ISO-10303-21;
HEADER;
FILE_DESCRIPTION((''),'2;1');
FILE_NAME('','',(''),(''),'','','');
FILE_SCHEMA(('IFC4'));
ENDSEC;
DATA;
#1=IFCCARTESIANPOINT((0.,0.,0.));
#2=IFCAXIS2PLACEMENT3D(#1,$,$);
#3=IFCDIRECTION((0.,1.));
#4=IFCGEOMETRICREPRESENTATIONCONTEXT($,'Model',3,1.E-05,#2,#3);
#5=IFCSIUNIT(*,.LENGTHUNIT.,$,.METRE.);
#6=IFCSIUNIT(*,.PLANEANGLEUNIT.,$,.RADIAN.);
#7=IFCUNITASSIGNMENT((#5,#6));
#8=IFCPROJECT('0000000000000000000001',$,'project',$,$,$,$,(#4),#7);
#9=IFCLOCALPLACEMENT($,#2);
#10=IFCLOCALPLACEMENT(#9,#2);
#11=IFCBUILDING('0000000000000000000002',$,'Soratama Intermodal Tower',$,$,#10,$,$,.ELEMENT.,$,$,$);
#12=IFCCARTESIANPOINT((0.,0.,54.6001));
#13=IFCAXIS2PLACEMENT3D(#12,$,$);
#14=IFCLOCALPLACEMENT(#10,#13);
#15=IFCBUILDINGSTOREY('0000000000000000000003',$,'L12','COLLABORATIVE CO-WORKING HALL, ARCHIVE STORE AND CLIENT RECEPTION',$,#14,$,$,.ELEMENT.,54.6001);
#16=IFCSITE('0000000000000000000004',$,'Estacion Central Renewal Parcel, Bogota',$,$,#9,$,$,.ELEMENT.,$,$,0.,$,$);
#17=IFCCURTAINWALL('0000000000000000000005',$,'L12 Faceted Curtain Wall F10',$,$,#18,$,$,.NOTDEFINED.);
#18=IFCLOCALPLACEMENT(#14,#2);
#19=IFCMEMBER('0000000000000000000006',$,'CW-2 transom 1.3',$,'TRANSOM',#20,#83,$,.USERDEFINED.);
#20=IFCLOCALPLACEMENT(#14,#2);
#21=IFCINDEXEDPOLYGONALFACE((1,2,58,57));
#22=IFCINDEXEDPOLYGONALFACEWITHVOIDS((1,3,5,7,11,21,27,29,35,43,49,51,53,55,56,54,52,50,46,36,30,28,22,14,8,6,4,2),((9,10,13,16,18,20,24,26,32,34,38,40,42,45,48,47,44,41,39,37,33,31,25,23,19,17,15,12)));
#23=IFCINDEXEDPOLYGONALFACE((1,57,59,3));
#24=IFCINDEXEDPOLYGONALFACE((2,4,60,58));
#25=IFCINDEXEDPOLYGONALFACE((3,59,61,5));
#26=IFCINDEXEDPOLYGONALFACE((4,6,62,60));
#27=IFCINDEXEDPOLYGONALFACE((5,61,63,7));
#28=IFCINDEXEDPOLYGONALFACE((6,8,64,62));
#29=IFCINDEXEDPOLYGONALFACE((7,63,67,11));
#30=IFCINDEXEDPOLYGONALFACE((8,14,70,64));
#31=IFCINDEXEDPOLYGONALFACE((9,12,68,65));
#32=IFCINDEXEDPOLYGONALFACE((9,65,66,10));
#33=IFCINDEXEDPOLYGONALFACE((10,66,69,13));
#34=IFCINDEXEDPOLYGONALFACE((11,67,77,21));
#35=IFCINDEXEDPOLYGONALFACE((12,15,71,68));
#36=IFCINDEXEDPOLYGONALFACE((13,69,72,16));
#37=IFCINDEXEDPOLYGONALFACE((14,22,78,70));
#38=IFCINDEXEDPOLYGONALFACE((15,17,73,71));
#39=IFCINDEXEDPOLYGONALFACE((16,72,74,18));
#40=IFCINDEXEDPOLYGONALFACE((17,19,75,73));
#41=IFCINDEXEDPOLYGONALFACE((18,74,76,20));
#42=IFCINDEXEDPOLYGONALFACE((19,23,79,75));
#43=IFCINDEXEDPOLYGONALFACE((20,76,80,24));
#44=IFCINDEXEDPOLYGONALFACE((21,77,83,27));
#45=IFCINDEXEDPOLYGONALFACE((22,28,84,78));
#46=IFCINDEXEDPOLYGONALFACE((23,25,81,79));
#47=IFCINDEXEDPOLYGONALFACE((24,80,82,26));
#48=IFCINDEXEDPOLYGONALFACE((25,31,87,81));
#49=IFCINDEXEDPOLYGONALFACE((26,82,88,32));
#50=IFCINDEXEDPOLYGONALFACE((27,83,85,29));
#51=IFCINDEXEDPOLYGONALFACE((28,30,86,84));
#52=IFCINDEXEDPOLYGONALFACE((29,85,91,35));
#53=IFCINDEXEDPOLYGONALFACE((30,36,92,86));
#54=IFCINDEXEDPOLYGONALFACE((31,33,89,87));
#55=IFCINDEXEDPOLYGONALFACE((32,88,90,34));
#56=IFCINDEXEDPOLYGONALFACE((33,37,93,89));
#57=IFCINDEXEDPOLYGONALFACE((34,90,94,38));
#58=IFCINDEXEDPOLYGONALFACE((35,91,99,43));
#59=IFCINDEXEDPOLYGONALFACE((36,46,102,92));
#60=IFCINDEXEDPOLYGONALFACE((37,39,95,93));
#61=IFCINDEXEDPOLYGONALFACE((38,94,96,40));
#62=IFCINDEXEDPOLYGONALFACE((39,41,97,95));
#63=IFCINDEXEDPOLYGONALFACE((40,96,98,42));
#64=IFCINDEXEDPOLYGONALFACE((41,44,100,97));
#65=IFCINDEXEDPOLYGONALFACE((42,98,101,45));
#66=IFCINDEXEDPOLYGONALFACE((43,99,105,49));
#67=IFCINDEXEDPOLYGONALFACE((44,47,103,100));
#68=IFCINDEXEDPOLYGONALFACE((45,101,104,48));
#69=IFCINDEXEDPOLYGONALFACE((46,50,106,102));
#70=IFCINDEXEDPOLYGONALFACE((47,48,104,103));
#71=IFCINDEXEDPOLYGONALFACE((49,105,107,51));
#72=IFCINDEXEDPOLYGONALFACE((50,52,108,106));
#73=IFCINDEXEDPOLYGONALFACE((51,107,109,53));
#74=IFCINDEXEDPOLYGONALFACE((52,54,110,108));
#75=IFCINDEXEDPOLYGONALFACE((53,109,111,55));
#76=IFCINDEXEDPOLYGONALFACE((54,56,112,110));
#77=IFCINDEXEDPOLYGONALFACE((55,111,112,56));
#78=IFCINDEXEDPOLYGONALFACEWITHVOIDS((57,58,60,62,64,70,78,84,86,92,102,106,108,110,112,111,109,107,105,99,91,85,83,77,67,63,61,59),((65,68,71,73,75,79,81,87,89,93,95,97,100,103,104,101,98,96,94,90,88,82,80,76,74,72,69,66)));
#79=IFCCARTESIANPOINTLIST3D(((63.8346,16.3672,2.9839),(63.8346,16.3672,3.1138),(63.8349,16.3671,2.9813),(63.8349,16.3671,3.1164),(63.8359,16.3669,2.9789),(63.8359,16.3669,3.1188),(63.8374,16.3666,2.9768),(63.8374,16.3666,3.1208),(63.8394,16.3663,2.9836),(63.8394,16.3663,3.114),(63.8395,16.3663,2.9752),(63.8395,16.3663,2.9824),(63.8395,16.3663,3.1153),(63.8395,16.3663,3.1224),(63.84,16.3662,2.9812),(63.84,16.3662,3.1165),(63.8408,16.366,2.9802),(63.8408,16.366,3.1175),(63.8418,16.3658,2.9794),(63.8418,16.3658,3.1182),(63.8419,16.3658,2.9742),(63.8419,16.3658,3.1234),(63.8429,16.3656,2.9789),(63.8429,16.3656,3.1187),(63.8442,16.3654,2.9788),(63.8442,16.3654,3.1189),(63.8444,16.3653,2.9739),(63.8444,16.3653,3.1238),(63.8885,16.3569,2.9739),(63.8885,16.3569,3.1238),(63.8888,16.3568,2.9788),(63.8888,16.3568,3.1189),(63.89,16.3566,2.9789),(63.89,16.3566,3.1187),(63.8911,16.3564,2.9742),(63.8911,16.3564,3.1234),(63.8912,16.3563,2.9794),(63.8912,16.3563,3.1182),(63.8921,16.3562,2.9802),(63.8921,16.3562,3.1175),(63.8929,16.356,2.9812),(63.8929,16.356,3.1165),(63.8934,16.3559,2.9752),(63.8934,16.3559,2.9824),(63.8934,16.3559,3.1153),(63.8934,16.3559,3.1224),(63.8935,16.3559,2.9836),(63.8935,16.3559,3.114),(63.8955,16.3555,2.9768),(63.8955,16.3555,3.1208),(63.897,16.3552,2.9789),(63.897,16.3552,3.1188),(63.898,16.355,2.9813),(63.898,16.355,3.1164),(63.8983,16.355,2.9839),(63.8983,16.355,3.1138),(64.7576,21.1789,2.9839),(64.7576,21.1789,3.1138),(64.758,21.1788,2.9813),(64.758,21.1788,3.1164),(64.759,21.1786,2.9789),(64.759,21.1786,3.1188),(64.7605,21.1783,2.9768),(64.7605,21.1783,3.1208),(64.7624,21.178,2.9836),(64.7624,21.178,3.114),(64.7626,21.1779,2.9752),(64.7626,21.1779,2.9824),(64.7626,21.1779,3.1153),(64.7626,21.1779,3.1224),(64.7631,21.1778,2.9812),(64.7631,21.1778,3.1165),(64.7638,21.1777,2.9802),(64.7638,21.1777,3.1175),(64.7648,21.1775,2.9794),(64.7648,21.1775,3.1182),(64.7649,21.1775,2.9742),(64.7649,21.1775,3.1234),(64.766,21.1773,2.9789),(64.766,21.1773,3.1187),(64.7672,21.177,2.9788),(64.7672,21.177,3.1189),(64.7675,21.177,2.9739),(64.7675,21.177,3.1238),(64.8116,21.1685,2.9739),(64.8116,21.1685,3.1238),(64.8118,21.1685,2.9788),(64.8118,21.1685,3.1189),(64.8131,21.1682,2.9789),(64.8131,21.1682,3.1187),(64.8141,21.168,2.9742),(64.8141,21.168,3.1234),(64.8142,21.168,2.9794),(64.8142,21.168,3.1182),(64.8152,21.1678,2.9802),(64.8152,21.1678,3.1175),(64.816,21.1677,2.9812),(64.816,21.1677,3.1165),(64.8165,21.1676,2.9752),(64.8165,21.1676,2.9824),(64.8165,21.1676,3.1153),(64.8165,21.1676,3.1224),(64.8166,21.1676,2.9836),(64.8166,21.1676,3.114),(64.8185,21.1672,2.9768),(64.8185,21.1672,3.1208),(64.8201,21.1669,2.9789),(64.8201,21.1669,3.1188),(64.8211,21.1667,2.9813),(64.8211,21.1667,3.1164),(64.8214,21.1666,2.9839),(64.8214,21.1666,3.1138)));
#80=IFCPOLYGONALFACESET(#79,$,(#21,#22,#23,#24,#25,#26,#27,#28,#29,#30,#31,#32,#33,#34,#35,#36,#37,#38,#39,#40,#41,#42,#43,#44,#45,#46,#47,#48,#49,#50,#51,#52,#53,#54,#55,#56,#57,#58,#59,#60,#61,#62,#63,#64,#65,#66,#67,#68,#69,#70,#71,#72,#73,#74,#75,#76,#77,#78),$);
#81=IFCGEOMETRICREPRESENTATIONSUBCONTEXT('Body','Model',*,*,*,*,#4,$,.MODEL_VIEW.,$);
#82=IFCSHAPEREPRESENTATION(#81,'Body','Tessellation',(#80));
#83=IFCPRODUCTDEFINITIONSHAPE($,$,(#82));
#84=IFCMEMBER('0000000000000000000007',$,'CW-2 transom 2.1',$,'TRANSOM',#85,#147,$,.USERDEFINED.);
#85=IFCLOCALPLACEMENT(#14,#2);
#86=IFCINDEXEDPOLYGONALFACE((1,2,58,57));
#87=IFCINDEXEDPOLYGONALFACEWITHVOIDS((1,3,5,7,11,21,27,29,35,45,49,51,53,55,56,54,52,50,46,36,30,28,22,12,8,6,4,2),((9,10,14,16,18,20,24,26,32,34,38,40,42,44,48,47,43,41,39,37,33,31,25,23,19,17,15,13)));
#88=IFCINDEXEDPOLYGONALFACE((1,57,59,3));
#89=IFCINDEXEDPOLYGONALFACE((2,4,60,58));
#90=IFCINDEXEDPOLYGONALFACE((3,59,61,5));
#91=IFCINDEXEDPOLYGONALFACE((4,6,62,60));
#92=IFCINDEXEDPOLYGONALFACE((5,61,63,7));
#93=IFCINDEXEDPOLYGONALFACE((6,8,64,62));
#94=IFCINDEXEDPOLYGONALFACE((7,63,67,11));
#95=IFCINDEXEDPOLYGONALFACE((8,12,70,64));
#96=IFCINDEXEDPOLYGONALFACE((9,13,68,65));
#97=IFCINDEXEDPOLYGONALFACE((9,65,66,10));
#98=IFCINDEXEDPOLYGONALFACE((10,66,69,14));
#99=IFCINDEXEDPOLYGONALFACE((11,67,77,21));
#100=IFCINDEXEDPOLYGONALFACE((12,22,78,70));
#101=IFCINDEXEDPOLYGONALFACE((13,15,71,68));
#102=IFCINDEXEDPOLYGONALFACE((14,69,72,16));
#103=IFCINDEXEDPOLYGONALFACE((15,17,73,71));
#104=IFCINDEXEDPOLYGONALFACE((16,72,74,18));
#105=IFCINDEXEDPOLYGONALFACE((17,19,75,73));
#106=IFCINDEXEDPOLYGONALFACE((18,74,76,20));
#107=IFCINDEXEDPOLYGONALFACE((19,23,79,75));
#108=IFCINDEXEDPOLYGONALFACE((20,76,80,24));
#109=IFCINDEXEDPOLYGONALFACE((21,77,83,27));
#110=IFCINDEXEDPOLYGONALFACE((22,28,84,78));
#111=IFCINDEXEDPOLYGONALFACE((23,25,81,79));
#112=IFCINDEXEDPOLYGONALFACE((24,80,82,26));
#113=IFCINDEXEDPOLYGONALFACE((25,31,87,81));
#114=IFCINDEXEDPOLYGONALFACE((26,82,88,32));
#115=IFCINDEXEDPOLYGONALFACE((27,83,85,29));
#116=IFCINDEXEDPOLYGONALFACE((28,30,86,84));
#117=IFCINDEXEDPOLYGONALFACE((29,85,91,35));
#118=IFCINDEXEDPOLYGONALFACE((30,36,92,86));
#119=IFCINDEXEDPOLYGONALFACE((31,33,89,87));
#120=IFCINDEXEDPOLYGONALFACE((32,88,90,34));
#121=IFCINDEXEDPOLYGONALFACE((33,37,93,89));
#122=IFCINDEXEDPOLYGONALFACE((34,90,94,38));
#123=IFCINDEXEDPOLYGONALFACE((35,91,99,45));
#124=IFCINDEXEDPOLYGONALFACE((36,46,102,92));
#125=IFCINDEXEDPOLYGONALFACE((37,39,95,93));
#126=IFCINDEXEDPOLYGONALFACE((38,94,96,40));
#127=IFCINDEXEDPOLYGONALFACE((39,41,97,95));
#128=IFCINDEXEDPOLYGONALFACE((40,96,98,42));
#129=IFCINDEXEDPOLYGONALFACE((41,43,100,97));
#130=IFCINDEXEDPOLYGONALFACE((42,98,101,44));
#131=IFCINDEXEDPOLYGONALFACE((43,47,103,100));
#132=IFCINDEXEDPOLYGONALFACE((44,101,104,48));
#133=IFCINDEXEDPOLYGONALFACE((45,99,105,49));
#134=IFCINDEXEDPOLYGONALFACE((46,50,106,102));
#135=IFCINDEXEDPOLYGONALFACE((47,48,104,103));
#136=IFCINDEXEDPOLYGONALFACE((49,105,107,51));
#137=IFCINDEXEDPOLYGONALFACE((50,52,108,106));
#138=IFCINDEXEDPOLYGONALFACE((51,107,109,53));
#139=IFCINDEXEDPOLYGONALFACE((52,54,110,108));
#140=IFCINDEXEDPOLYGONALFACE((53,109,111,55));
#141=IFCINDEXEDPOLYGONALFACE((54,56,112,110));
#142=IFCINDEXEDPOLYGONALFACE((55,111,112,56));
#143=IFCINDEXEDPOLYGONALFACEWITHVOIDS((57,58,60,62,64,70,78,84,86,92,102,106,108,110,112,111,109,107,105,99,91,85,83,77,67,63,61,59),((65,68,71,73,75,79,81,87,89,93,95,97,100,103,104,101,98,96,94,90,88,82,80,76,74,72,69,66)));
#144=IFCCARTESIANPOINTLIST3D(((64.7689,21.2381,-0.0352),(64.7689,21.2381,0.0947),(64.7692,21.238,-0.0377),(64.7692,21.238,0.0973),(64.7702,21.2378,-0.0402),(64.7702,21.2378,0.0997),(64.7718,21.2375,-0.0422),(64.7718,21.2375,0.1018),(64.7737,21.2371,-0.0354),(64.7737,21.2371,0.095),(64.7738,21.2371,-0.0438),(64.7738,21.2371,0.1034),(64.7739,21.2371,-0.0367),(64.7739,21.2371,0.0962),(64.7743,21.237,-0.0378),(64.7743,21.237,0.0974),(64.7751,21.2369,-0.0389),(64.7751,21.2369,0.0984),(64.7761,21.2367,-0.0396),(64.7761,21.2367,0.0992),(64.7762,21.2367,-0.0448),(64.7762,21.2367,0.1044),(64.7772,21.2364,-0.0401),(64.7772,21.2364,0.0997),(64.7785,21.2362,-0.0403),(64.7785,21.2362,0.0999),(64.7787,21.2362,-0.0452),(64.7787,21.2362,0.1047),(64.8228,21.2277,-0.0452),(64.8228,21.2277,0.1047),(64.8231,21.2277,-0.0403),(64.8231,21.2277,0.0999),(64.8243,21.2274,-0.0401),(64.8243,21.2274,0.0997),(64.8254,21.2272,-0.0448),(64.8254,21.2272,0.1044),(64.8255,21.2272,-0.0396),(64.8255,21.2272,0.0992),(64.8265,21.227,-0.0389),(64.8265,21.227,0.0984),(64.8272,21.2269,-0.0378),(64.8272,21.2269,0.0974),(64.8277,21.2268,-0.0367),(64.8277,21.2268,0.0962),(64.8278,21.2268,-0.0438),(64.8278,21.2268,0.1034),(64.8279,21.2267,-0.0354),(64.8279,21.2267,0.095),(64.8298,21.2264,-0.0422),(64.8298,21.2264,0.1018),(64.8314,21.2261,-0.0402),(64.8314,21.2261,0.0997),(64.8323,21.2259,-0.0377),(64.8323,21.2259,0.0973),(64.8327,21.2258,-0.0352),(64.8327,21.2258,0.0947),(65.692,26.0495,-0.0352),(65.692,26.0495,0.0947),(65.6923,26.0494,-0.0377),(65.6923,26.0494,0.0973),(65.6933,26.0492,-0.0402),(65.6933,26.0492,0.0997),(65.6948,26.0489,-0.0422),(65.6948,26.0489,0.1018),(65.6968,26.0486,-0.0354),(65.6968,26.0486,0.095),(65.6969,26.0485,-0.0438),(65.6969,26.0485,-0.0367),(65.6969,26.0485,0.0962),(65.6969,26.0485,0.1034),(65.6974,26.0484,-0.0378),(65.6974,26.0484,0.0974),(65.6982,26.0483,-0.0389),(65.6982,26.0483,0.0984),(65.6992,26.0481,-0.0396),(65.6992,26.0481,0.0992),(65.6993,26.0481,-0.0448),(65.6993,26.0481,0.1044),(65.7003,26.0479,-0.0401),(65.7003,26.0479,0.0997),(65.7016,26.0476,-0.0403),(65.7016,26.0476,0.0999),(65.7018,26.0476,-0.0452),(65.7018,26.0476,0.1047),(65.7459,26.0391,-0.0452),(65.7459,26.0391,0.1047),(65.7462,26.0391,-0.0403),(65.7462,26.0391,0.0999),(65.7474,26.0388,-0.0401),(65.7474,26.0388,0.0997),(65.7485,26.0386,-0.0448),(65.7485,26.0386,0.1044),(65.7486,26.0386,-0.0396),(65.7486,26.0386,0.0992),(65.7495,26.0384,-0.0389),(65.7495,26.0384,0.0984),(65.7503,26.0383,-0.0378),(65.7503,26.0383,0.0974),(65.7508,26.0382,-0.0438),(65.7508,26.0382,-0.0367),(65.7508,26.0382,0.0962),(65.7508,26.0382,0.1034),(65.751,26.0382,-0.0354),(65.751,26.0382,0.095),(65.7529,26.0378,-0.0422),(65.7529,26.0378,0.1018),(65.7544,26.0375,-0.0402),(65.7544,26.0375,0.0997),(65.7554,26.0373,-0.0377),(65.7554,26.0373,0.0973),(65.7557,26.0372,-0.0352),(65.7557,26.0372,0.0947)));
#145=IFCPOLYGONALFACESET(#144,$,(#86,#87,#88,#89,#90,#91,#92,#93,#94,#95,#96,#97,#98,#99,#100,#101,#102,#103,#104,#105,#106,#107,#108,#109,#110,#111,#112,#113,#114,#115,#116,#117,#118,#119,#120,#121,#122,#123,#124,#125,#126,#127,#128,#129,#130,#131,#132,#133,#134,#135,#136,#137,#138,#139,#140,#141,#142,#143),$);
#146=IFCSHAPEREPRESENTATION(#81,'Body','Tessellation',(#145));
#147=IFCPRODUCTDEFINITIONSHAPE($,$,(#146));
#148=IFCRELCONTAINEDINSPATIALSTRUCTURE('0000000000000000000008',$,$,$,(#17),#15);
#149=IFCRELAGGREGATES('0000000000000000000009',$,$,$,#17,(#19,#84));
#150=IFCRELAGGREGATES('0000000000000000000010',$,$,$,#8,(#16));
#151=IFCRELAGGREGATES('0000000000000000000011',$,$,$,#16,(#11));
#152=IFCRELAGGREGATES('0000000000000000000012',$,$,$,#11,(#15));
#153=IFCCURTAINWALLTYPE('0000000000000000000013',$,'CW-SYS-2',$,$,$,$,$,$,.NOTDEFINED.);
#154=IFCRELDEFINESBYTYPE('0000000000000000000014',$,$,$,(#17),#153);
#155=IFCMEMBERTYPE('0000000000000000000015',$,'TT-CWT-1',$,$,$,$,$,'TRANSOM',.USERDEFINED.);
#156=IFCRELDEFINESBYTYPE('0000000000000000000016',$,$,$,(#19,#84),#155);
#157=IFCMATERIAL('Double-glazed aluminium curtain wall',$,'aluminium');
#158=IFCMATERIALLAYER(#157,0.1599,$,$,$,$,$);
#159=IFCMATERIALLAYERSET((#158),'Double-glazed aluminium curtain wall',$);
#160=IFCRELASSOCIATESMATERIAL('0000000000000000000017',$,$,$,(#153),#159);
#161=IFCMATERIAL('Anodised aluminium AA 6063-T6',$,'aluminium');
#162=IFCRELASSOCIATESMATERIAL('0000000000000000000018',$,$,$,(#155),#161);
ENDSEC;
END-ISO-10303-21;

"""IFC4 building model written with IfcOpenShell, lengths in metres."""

from ifc_helpers import new_model, si_unit, direction, frame, origin, origin_2d, place, context, subcontext, project, spatial, hollow_rectangle, extrude, material, layer, layer_set, material_profile, profile_set, type_object, element, aggregate, save


model = new_model("IFC4")

# Units and contexts
model_context = context("Model", 3, precision=1e-05, world=origin(), true_north=direction((0.0, 1.0)))
body_context = subcontext(model_context, "Body", "Model", "MODEL_VIEW")
ifc_project = project(units=[si_unit("LENGTHUNIT", "METRE"), si_unit("PLANEANGLEUNIT", "RADIAN")], contexts=[model_context])

# Site, building, storey
site_placement = place(None, origin())
site = spatial("IfcSite", under=ifc_project, at=site_placement, Name="Estacion Central Renewal Parcel, Bogota", CompositionType="ELEMENT", RefElevation=0.0)
building_placement = place(site_placement, origin())
building = spatial("IfcBuilding", under=site, at=building_placement, Name="Soratama Intermodal Tower", CompositionType="ELEMENT")
storey_placement = place(building_placement, frame((0.0, 0.0, 54.6001)))
storey = spatial("IfcBuildingStorey", under=building, at=storey_placement, Name="L12", Description="COLLABORATIVE CO-WORKING HALL, ARCHIVE STORE AND CLIENT RECEPTION", CompositionType="ELEMENT", Elevation=54.6001)

# Curtain wall, members
ifc_material_1 = material(Name="Double-glazed aluminium curtain wall", Category="aluminium")
ifc_layer_1 = layer(ifc_material_1, 0.1599)
ifc_layer_set_1 = layer_set([ifc_layer_1], Name="Double-glazed aluminium curtain wall")
curtain_wall_type = type_object("IfcCurtainWallType", Name="CW-SYS-2", PredefinedType="NOTDEFINED", material=ifc_layer_set_1)
curtain_wall_placement = place(storey_placement, origin())
curtain_wall = element("IfcCurtainWall", 1, at=curtain_wall_placement, inside=storey, type_object=curtain_wall_type, Name="L12 Faceted Curtain Wall F10", PredefinedType="NOTDEFINED")
ifc_material_2 = material(Name="Anodised aluminium AA 6063-T6", Category="aluminium")
ifc_material_profile_1 = material_profile(ifc_material_2, hollow_rectangle(XDim=0.0649, YDim=0.1499, WallThickness=0.0049, InnerFilletRadius=0.0049, OuterFilletRadius=0.01, at=origin_2d()), Name="CWT150X65X5")
ifc_profile_set_1 = profile_set([ifc_material_profile_1], Name="Anodised aluminium AA 6063-T6")
member_type_1 = type_object("IfcMemberType", Name="TT-CWT-1", ElementType="TRANSOM", PredefinedType="USERDEFINED", material=ifc_profile_set_1)
member_1_placement = place(storey_placement, frame((63.8665, 16.3611, 3.0488), z_axis=(0.188406, 0.982091, 0.0), x_axis=(-0.982091, 0.188406, 0.0)))
member_1 = element("IfcMember", 2, at=member_1_placement, type_object=member_type_1, Name="CW-2 transom 1.3", ObjectType="TRANSOM", PredefinedType="USERDEFINED", context=body_context, shape_type="SweptSolid", body=[
    extrude(hollow_rectangle(XDim=0.0649, YDim=0.1499, WallThickness=0.0049, InnerFilletRadius=0.0049, OuterFilletRadius=0.01, at=origin_2d()), origin(), (0.0, 0.0, 1.0), 4.8994),
])
member_2_placement = place(storey_placement, frame((64.8008, 21.2319, 0.0298), z_axis=(0.188415, 0.98209, 0.0), x_axis=(-0.98209, 0.188415, 0.0)))
member_2 = element("IfcMember", 3, at=member_2_placement, type_object=member_type_1, Name="CW-2 transom 2.1", ObjectType="TRANSOM", PredefinedType="USERDEFINED", context=body_context, shape_type="SweptSolid", body=[
    extrude(hollow_rectangle(XDim=0.0649, YDim=0.1499, WallThickness=0.0049, InnerFilletRadius=0.0049, OuterFilletRadius=0.01, at=origin_2d()), origin(), (0.0, 0.0, 1.0), 4.8992),
])
aggregate(curtain_wall, [member_1, member_2])

save(model, "model.ifc")
